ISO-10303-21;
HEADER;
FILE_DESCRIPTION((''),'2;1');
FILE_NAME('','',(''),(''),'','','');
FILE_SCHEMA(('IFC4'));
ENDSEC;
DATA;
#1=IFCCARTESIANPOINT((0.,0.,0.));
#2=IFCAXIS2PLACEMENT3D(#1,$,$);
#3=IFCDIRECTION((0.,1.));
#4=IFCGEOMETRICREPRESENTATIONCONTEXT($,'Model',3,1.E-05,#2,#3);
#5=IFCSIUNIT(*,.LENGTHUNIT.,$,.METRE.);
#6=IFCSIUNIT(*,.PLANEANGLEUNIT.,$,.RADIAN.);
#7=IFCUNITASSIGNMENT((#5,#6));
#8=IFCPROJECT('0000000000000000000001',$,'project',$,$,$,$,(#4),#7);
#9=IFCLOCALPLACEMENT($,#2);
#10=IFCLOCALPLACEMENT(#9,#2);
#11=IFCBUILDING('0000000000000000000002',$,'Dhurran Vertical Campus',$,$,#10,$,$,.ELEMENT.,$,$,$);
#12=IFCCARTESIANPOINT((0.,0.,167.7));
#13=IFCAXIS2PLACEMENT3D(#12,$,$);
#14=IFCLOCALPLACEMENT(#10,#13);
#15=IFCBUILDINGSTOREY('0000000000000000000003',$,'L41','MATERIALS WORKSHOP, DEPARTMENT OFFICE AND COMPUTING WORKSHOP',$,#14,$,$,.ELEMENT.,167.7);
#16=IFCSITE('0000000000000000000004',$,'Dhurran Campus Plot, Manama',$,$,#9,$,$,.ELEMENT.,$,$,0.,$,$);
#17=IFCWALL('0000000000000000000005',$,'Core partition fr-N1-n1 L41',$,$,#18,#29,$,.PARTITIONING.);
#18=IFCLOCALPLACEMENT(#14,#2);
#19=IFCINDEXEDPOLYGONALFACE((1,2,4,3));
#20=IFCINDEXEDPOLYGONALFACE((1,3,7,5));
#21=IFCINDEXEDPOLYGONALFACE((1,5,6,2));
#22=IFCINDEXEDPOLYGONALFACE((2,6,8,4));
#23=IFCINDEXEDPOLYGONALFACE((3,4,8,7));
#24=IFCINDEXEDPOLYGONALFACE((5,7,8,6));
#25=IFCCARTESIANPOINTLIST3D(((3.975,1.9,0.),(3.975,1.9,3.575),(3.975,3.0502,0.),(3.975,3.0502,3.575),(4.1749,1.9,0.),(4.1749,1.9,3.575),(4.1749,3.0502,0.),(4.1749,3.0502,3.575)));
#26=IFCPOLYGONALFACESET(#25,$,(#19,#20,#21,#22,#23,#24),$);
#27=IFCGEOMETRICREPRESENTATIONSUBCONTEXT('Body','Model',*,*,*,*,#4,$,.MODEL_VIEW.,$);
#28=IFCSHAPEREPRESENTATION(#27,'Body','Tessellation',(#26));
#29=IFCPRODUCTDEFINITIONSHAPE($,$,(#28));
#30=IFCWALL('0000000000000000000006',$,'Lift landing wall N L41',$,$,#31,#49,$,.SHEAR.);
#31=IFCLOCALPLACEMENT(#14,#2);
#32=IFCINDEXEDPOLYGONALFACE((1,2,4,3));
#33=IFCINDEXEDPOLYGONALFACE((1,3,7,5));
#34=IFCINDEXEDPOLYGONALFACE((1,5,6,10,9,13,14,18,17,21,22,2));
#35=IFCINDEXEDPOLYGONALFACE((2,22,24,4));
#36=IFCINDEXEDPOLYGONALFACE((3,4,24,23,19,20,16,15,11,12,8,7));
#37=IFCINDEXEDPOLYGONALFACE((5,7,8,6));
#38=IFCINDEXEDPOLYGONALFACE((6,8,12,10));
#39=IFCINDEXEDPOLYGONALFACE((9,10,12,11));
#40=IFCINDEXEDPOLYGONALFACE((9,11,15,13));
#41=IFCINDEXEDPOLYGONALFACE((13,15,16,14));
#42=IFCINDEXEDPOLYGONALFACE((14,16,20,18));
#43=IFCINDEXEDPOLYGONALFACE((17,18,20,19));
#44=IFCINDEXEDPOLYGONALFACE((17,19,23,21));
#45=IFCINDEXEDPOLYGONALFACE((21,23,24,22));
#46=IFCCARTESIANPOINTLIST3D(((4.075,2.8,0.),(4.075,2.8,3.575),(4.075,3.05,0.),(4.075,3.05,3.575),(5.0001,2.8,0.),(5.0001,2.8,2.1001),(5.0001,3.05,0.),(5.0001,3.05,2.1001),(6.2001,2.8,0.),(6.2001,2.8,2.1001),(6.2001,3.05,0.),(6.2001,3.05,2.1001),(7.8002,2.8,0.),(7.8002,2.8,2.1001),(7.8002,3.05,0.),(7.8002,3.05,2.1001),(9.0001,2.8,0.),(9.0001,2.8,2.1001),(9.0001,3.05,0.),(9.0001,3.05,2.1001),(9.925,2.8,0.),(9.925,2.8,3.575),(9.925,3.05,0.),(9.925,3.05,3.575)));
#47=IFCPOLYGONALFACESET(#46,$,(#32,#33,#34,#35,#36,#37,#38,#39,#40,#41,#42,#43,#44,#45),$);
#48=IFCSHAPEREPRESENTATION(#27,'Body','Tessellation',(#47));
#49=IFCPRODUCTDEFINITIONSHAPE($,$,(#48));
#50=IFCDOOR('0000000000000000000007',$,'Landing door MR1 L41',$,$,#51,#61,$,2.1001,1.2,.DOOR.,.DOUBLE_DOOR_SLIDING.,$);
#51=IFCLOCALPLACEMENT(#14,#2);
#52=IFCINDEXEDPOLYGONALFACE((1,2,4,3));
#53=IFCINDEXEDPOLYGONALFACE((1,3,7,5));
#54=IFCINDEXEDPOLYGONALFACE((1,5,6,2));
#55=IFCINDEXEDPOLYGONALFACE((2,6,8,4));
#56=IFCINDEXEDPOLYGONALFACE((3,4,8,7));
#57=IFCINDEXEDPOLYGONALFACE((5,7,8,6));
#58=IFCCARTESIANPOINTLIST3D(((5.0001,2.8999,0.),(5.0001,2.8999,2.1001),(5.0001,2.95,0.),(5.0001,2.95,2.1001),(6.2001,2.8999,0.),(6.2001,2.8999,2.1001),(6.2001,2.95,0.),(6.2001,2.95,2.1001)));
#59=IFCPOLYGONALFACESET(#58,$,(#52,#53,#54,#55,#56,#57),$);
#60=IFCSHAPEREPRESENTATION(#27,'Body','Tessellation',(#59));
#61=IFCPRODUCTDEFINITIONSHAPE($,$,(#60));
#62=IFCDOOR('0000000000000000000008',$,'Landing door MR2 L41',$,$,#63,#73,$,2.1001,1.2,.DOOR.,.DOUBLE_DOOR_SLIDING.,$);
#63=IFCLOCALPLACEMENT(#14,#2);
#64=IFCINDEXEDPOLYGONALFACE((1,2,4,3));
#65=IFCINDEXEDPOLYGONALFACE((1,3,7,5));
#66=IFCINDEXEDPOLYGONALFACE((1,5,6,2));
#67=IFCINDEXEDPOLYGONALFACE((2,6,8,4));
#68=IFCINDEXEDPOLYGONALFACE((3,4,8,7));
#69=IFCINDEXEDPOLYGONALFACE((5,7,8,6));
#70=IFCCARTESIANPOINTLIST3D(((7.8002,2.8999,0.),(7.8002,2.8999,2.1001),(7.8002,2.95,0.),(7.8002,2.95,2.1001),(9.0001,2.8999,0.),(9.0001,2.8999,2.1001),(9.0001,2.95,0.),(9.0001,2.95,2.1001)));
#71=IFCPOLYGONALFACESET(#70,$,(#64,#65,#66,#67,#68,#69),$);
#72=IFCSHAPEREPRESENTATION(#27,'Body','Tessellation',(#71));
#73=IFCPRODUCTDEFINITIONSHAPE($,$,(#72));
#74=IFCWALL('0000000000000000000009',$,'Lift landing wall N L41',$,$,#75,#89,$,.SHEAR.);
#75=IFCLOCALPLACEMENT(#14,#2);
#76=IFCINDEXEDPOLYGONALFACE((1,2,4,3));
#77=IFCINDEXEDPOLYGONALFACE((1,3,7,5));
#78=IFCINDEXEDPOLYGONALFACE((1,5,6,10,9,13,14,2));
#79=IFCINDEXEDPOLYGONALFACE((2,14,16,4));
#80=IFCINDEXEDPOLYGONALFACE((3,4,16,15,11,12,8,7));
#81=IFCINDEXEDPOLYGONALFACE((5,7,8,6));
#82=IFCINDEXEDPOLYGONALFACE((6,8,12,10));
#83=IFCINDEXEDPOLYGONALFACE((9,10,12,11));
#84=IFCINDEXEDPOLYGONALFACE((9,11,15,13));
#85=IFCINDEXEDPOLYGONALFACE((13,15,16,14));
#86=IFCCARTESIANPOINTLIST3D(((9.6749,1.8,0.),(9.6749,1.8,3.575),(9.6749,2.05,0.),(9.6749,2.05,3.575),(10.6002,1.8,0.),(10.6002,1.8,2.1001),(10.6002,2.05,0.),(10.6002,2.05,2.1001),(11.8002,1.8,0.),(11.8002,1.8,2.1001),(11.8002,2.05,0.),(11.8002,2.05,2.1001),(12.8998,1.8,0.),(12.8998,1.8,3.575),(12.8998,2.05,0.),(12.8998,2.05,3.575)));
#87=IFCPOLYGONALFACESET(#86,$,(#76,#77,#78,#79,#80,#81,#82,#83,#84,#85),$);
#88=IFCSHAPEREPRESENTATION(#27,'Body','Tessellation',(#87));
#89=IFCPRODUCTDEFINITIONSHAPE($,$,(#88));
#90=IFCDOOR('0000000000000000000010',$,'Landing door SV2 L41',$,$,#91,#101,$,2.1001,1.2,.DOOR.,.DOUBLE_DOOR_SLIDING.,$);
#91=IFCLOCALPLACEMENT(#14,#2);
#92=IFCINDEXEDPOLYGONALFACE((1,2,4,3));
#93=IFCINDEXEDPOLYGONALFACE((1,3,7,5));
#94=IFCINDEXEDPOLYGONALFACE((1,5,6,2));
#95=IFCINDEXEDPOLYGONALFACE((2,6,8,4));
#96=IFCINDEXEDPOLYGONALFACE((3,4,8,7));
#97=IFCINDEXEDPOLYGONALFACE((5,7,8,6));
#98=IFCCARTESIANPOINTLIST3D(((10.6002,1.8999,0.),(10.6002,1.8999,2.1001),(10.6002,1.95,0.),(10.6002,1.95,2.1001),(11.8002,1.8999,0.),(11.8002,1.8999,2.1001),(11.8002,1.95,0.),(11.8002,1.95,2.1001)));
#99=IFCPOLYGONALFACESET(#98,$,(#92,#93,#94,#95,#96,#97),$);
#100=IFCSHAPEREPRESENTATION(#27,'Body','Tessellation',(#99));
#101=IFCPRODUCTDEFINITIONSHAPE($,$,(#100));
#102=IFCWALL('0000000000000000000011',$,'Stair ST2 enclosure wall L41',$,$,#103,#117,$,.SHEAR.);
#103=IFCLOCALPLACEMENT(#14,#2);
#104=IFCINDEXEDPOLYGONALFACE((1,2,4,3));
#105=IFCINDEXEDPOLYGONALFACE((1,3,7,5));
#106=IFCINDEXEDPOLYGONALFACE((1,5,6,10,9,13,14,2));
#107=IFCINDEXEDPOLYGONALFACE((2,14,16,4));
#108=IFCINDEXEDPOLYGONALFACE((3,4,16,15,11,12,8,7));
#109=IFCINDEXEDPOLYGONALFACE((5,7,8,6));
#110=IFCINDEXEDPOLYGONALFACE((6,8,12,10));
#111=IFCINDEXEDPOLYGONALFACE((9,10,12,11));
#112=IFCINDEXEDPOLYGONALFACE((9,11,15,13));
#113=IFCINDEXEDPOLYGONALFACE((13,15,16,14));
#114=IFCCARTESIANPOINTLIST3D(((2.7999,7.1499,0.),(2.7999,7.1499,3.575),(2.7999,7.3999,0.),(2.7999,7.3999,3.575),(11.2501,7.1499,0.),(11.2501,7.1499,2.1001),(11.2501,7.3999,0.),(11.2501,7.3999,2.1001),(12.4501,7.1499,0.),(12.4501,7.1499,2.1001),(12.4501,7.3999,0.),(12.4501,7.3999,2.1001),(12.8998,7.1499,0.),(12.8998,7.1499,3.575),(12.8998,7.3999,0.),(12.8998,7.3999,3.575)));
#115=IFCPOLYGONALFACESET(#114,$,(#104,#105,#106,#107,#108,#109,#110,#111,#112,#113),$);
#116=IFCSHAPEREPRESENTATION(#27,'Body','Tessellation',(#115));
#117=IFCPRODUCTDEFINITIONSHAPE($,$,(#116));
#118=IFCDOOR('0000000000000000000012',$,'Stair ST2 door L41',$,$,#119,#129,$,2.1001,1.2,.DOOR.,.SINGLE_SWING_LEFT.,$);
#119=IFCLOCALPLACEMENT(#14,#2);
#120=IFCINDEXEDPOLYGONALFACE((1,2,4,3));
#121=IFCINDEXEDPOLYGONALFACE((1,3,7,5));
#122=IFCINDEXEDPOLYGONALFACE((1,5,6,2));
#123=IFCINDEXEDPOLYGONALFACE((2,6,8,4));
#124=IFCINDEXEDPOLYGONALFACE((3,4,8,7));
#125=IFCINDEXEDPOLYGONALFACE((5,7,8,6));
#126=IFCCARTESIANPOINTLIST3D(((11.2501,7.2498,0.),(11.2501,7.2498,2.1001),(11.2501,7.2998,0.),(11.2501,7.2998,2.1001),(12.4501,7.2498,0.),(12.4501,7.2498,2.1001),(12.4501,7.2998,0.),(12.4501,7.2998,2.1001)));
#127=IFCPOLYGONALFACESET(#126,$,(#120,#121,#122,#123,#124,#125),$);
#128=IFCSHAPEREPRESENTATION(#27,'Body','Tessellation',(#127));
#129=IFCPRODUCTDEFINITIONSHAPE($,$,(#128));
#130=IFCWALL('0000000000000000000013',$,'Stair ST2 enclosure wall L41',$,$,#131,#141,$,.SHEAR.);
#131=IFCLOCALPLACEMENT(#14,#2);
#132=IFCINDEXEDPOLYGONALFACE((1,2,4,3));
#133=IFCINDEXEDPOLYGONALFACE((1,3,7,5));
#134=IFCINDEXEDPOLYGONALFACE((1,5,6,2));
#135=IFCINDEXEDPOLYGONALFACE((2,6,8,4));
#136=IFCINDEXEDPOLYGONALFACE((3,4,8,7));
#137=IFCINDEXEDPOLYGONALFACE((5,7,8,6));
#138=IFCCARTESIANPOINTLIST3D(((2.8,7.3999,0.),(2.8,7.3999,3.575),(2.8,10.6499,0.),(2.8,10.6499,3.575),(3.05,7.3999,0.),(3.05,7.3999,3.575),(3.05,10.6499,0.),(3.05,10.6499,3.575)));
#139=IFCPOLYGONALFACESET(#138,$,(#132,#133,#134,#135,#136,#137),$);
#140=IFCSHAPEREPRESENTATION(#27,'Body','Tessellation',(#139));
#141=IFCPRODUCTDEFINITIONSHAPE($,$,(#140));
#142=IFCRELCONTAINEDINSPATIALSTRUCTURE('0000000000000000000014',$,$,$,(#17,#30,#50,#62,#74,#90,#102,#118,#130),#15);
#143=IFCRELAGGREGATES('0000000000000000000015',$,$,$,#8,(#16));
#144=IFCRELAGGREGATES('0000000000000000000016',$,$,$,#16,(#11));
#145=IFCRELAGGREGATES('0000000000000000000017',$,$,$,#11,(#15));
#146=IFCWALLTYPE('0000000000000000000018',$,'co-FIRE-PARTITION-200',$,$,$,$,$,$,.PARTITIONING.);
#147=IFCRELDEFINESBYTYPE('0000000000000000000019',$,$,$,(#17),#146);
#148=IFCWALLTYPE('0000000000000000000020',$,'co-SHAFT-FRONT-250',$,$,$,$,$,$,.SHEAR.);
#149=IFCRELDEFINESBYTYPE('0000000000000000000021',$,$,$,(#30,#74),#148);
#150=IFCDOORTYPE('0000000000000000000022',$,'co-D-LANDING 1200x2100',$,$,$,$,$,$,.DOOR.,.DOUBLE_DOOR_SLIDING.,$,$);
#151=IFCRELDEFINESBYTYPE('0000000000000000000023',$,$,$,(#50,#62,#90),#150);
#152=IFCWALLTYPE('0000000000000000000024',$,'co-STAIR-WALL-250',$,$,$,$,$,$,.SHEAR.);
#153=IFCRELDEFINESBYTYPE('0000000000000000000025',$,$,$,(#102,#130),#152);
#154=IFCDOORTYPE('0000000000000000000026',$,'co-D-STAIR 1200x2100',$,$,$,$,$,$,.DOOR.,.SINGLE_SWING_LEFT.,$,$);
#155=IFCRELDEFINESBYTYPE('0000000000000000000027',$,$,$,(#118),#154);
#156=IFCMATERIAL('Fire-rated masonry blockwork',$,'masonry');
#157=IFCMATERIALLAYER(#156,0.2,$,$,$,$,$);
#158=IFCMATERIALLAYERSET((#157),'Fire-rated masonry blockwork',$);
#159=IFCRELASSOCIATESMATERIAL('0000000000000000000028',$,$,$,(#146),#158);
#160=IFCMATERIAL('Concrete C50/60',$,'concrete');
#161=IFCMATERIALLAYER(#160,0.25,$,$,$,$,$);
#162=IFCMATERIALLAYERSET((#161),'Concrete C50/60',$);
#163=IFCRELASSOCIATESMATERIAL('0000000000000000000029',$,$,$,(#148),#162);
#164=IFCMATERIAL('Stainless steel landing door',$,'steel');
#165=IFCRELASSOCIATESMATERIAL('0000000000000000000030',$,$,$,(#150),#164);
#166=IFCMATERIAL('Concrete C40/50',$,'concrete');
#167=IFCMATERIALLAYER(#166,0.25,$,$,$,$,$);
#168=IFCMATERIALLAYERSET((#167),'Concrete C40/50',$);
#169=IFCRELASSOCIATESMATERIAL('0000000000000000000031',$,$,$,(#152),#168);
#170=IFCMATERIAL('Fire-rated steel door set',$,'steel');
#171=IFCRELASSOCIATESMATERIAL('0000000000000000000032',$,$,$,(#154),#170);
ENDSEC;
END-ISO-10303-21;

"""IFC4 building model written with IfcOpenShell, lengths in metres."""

from ifc_helpers import new_model, si_unit, direction, frame, frame_2d, origin, place, context, subcontext, project, spatial, rectangle, extrude, material, layer, layer_set, type_object, element, fill, save


model = new_model("IFC4")

# Units and contexts
model_context = context("Model", 3, precision=1e-05, world=origin(), true_north=direction((0.0, 1.0)))
body_context = subcontext(model_context, "Body", "Model", "MODEL_VIEW")
ifc_project = project(units=[si_unit("LENGTHUNIT", "METRE"), si_unit("PLANEANGLEUNIT", "RADIAN")], contexts=[model_context])

# Site, building, storey
site_placement = place(None, origin())
site = spatial("IfcSite", under=ifc_project, at=site_placement, Name="Dhurran Campus Plot, Manama", CompositionType="ELEMENT", RefElevation=0.0)
building_placement = place(site_placement, origin())
building = spatial("IfcBuilding", under=site, at=building_placement, Name="Dhurran Vertical Campus", CompositionType="ELEMENT")
storey_placement = place(building_placement, frame((0.0, 0.0, 167.7)))
storey = spatial("IfcBuildingStorey", under=building, at=storey_placement, Name="L41", Description="MATERIALS WORKSHOP, DEPARTMENT OFFICE AND COMPUTING WORKSHOP", CompositionType="ELEMENT", Elevation=167.7)

# Shared definitions
ifc_material_1 = material(Name="Fire-rated masonry blockwork", Category="masonry")
ifc_layer_1 = layer(ifc_material_1, 0.2)
ifc_layer_set_1 = layer_set([ifc_layer_1], Name="Fire-rated masonry blockwork")
wall_type_1 = type_object("IfcWallType", Name="co-FIRE-PARTITION-200", PredefinedType="PARTITIONING", material=ifc_layer_set_1)

# Wall
wall_1_placement = place(storey_placement, frame((4.075, 1.8999, 0.0), z_axis=(0.0, 0.0, 1.0), x_axis=(0.0, 1.0, 0.0)))
element("IfcWall", 1, at=wall_1_placement, inside=storey, type_object=wall_type_1, Name="Core partition fr-N1-n1 L41", PredefinedType="PARTITIONING", context=body_context, shape_type="SweptSolid", body=[
    extrude(rectangle(XDim=1.1501, YDim=0.2, at=frame_2d((0.5752, 0.0))), origin(), (0.0, 0.0, 1.0), 3.575),
])

# Wall, openings, doors
ifc_material_2 = material(Name="Concrete C50/60", Category="concrete")
ifc_layer_2 = layer(ifc_material_2, 0.25)
ifc_layer_set_2 = layer_set([ifc_layer_2], Name="Concrete C50/60")
wall_type_2 = type_object("IfcWallType", Name="co-SHAFT-FRONT-250", PredefinedType="SHEAR", material=ifc_layer_set_2)
wall_2_placement = place(storey_placement, frame((4.075, 2.925, 0.0), z_axis=(0.0, 0.0, 1.0), x_axis=(1.0, 0.0, 0.0)))
wall_2 = element("IfcWall", 2, at=wall_2_placement, inside=storey, type_object=wall_type_2, Name="Lift landing wall N L41", PredefinedType="SHEAR", context=body_context, shape_type="SweptSolid", body=[
    extrude(rectangle(XDim=5.8501, YDim=0.25, at=frame_2d((2.925, 0.0))), origin(), (0.0, 0.0, 1.0), 3.575),
])
opening_1_placement = place(wall_2_placement, frame((0.925, 0.0, 0.0)))
opening_1 = element("IfcOpeningElement", 3, at=opening_1_placement, cuts=wall_2, PredefinedType="OPENING", context=body_context, shape_type="SweptSolid", body=[
    extrude(rectangle(XDim=1.2, YDim=2.1001, at=frame_2d((0.6001, 1.05))), frame((0.0, 0.135, 0.0), z_axis=(0.0, -1.0, 0.0), x_axis=(1.0, 0.0, 0.0)), (0.0, 0.0, 1.0), 0.27),
])
opening_2_placement = place(wall_2_placement, frame((3.7251, 0.0, 0.0)))
opening_2 = element("IfcOpeningElement", 4, at=opening_2_placement, cuts=wall_2, PredefinedType="OPENING", context=body_context, shape_type="SweptSolid", body=[
    extrude(rectangle(XDim=1.2, YDim=2.1001, at=frame_2d((0.6001, 1.05))), frame((0.0, 0.135, 0.0), z_axis=(0.0, -1.0, 0.0), x_axis=(1.0, 0.0, 0.0)), (0.0, 0.0, 1.0), 0.27),
])
ifc_material_3 = material(Name="Stainless steel landing door", Category="steel")
door_type_1 = type_object("IfcDoorType", Name="co-D-LANDING 1200x2100", OperationType="DOUBLE_DOOR_SLIDING", PredefinedType="DOOR", material=ifc_material_3)
door_1_placement = place(opening_1_placement, origin())
door_1 = element("IfcDoor", 5, at=door_1_placement, inside=storey, type_object=door_type_1, Name="Landing door MR1 L41", OperationType="DOUBLE_DOOR_SLIDING", OverallHeight=2.1001, OverallWidth=1.2, PredefinedType="DOOR", context=body_context, shape_type="SweptSolid", body=[
    extrude(rectangle(XDim=1.2, YDim=2.1001, at=frame_2d((0.6001, 1.05))), frame((0.0, 0.0249, 0.0), z_axis=(0.0, -1.0, 0.0), x_axis=(1.0, 0.0, 0.0)), (0.0, 0.0, 1.0), 0.05),
])
fill(opening_1, door_1)
door_2_placement = place(opening_2_placement, origin())
door_2 = element("IfcDoor", 6, at=door_2_placement, inside=storey, type_object=door_type_1, Name="Landing door MR2 L41", OperationType="DOUBLE_DOOR_SLIDING", OverallHeight=2.1001, OverallWidth=1.2, PredefinedType="DOOR", context=body_context, shape_type="SweptSolid", body=[
    extrude(rectangle(XDim=1.2, YDim=2.1001, at=frame_2d((0.6001, 1.05))), frame((0.0, 0.0249, 0.0), z_axis=(0.0, -1.0, 0.0), x_axis=(1.0, 0.0, 0.0)), (0.0, 0.0, 1.0), 0.05),
])
fill(opening_2, door_2)

# Walls, openings, doors
wall_3_placement = place(storey_placement, frame((9.675, 1.925, 0.0), z_axis=(0.0, 0.0, 1.0), x_axis=(1.0, 0.0, 0.0)))
wall_3 = element("IfcWall", 7, at=wall_3_placement, inside=storey, type_object=wall_type_2, Name="Lift landing wall N L41", PredefinedType="SHEAR", context=body_context, shape_type="SweptSolid", body=[
    extrude(rectangle(XDim=3.2249, YDim=0.25, at=frame_2d((1.6123, 0.0))), origin(), (0.0, 0.0, 1.0), 3.575),
])
opening_3_placement = place(wall_3_placement, frame((0.925, 0.0, 0.0)))
opening_3 = element("IfcOpeningElement", 8, at=opening_3_placement, cuts=wall_3, PredefinedType="OPENING", context=body_context, shape_type="SweptSolid", body=[
    extrude(rectangle(XDim=1.2, YDim=2.1001, at=frame_2d((0.6001, 1.05))), frame((0.0, 0.135, 0.0), z_axis=(0.0, -1.0, 0.0), x_axis=(1.0, 0.0, 0.0)), (0.0, 0.0, 1.0), 0.27),
])
door_3_placement = place(opening_3_placement, origin())
door_3 = element("IfcDoor", 9, at=door_3_placement, inside=storey, type_object=door_type_1, Name="Landing door SV2 L41", OperationType="DOUBLE_DOOR_SLIDING", OverallHeight=2.1001, OverallWidth=1.2, PredefinedType="DOOR", context=body_context, shape_type="SweptSolid", body=[
    extrude(rectangle(XDim=1.2, YDim=2.1001, at=frame_2d((0.6001, 1.05))), frame((0.0, 0.0249, 0.0), z_axis=(0.0, -1.0, 0.0), x_axis=(1.0, 0.0, 0.0)), (0.0, 0.0, 1.0), 0.05),
])
fill(opening_3, door_3)
ifc_material_4 = material(Name="Concrete C40/50", Category="concrete")
ifc_layer_3 = layer(ifc_material_4, 0.25)
ifc_layer_set_3 = layer_set([ifc_layer_3], Name="Concrete C40/50")
wall_type_3 = type_object("IfcWallType", Name="co-STAIR-WALL-250", PredefinedType="SHEAR", material=ifc_layer_set_3)
wall_4_placement = place(storey_placement, frame((2.8, 7.2749, 0.0), z_axis=(0.0, 0.0, 1.0), x_axis=(1.0, 0.0, 0.0)))
wall_4 = element("IfcWall", 10, at=wall_4_placement, inside=storey, type_object=wall_type_3, Name="Stair ST2 enclosure wall L41", PredefinedType="SHEAR", context=body_context, shape_type="SweptSolid", body=[
    extrude(rectangle(XDim=10.0999, YDim=0.25, at=frame_2d((5.0498, 0.0))), origin(), (0.0, 0.0, 1.0), 3.575),
])
opening_4_placement = place(wall_4_placement, frame((8.45, 0.0, 0.0)))
opening_4 = element("IfcOpeningElement", 11, at=opening_4_placement, cuts=wall_4, PredefinedType="OPENING", context=body_context, shape_type="SweptSolid", body=[
    extrude(rectangle(XDim=1.2, YDim=2.1001, at=frame_2d((0.6001, 1.05))), frame((0.0, 0.135, 0.0), z_axis=(0.0, -1.0, 0.0), x_axis=(1.0, 0.0, 0.0)), (0.0, 0.0, 1.0), 0.27),
])
ifc_material_5 = material(Name="Fire-rated steel door set", Category="steel")
door_type_2 = type_object("IfcDoorType", Name="co-D-STAIR 1200x2100", OperationType="SINGLE_SWING_LEFT", PredefinedType="DOOR", material=ifc_material_5)
door_4_placement = place(opening_4_placement, origin())
door_4 = element("IfcDoor", 12, at=door_4_placement, inside=storey, type_object=door_type_2, Name="Stair ST2 door L41", OperationType="SINGLE_SWING_LEFT", OverallHeight=2.1001, OverallWidth=1.2, PredefinedType="DOOR", context=body_context, shape_type="SweptSolid", body=[
    extrude(rectangle(XDim=1.2, YDim=2.1001, at=frame_2d((0.6001, 1.05))), frame((0.0, 0.0249, 0.0), z_axis=(0.0, -1.0, 0.0), x_axis=(1.0, 0.0, 0.0)), (0.0, 0.0, 1.0), 0.05),
])
fill(opening_4, door_4)

# Wall
wall_5_placement = place(storey_placement, frame((2.925, 7.3999, 0.0), z_axis=(0.0, 0.0, 1.0), x_axis=(0.0, 1.0, 0.0)))
element("IfcWall", 13, at=wall_5_placement, inside=storey, type_object=wall_type_3, Name="Stair ST2 enclosure wall L41", PredefinedType="SHEAR", context=body_context, shape_type="SweptSolid", body=[
    extrude(rectangle(XDim=3.25, YDim=0.25, at=frame_2d((1.625, 0.0))), origin(), (0.0, 0.0, 1.0), 3.575),
])

save(model, "model.ifc")
